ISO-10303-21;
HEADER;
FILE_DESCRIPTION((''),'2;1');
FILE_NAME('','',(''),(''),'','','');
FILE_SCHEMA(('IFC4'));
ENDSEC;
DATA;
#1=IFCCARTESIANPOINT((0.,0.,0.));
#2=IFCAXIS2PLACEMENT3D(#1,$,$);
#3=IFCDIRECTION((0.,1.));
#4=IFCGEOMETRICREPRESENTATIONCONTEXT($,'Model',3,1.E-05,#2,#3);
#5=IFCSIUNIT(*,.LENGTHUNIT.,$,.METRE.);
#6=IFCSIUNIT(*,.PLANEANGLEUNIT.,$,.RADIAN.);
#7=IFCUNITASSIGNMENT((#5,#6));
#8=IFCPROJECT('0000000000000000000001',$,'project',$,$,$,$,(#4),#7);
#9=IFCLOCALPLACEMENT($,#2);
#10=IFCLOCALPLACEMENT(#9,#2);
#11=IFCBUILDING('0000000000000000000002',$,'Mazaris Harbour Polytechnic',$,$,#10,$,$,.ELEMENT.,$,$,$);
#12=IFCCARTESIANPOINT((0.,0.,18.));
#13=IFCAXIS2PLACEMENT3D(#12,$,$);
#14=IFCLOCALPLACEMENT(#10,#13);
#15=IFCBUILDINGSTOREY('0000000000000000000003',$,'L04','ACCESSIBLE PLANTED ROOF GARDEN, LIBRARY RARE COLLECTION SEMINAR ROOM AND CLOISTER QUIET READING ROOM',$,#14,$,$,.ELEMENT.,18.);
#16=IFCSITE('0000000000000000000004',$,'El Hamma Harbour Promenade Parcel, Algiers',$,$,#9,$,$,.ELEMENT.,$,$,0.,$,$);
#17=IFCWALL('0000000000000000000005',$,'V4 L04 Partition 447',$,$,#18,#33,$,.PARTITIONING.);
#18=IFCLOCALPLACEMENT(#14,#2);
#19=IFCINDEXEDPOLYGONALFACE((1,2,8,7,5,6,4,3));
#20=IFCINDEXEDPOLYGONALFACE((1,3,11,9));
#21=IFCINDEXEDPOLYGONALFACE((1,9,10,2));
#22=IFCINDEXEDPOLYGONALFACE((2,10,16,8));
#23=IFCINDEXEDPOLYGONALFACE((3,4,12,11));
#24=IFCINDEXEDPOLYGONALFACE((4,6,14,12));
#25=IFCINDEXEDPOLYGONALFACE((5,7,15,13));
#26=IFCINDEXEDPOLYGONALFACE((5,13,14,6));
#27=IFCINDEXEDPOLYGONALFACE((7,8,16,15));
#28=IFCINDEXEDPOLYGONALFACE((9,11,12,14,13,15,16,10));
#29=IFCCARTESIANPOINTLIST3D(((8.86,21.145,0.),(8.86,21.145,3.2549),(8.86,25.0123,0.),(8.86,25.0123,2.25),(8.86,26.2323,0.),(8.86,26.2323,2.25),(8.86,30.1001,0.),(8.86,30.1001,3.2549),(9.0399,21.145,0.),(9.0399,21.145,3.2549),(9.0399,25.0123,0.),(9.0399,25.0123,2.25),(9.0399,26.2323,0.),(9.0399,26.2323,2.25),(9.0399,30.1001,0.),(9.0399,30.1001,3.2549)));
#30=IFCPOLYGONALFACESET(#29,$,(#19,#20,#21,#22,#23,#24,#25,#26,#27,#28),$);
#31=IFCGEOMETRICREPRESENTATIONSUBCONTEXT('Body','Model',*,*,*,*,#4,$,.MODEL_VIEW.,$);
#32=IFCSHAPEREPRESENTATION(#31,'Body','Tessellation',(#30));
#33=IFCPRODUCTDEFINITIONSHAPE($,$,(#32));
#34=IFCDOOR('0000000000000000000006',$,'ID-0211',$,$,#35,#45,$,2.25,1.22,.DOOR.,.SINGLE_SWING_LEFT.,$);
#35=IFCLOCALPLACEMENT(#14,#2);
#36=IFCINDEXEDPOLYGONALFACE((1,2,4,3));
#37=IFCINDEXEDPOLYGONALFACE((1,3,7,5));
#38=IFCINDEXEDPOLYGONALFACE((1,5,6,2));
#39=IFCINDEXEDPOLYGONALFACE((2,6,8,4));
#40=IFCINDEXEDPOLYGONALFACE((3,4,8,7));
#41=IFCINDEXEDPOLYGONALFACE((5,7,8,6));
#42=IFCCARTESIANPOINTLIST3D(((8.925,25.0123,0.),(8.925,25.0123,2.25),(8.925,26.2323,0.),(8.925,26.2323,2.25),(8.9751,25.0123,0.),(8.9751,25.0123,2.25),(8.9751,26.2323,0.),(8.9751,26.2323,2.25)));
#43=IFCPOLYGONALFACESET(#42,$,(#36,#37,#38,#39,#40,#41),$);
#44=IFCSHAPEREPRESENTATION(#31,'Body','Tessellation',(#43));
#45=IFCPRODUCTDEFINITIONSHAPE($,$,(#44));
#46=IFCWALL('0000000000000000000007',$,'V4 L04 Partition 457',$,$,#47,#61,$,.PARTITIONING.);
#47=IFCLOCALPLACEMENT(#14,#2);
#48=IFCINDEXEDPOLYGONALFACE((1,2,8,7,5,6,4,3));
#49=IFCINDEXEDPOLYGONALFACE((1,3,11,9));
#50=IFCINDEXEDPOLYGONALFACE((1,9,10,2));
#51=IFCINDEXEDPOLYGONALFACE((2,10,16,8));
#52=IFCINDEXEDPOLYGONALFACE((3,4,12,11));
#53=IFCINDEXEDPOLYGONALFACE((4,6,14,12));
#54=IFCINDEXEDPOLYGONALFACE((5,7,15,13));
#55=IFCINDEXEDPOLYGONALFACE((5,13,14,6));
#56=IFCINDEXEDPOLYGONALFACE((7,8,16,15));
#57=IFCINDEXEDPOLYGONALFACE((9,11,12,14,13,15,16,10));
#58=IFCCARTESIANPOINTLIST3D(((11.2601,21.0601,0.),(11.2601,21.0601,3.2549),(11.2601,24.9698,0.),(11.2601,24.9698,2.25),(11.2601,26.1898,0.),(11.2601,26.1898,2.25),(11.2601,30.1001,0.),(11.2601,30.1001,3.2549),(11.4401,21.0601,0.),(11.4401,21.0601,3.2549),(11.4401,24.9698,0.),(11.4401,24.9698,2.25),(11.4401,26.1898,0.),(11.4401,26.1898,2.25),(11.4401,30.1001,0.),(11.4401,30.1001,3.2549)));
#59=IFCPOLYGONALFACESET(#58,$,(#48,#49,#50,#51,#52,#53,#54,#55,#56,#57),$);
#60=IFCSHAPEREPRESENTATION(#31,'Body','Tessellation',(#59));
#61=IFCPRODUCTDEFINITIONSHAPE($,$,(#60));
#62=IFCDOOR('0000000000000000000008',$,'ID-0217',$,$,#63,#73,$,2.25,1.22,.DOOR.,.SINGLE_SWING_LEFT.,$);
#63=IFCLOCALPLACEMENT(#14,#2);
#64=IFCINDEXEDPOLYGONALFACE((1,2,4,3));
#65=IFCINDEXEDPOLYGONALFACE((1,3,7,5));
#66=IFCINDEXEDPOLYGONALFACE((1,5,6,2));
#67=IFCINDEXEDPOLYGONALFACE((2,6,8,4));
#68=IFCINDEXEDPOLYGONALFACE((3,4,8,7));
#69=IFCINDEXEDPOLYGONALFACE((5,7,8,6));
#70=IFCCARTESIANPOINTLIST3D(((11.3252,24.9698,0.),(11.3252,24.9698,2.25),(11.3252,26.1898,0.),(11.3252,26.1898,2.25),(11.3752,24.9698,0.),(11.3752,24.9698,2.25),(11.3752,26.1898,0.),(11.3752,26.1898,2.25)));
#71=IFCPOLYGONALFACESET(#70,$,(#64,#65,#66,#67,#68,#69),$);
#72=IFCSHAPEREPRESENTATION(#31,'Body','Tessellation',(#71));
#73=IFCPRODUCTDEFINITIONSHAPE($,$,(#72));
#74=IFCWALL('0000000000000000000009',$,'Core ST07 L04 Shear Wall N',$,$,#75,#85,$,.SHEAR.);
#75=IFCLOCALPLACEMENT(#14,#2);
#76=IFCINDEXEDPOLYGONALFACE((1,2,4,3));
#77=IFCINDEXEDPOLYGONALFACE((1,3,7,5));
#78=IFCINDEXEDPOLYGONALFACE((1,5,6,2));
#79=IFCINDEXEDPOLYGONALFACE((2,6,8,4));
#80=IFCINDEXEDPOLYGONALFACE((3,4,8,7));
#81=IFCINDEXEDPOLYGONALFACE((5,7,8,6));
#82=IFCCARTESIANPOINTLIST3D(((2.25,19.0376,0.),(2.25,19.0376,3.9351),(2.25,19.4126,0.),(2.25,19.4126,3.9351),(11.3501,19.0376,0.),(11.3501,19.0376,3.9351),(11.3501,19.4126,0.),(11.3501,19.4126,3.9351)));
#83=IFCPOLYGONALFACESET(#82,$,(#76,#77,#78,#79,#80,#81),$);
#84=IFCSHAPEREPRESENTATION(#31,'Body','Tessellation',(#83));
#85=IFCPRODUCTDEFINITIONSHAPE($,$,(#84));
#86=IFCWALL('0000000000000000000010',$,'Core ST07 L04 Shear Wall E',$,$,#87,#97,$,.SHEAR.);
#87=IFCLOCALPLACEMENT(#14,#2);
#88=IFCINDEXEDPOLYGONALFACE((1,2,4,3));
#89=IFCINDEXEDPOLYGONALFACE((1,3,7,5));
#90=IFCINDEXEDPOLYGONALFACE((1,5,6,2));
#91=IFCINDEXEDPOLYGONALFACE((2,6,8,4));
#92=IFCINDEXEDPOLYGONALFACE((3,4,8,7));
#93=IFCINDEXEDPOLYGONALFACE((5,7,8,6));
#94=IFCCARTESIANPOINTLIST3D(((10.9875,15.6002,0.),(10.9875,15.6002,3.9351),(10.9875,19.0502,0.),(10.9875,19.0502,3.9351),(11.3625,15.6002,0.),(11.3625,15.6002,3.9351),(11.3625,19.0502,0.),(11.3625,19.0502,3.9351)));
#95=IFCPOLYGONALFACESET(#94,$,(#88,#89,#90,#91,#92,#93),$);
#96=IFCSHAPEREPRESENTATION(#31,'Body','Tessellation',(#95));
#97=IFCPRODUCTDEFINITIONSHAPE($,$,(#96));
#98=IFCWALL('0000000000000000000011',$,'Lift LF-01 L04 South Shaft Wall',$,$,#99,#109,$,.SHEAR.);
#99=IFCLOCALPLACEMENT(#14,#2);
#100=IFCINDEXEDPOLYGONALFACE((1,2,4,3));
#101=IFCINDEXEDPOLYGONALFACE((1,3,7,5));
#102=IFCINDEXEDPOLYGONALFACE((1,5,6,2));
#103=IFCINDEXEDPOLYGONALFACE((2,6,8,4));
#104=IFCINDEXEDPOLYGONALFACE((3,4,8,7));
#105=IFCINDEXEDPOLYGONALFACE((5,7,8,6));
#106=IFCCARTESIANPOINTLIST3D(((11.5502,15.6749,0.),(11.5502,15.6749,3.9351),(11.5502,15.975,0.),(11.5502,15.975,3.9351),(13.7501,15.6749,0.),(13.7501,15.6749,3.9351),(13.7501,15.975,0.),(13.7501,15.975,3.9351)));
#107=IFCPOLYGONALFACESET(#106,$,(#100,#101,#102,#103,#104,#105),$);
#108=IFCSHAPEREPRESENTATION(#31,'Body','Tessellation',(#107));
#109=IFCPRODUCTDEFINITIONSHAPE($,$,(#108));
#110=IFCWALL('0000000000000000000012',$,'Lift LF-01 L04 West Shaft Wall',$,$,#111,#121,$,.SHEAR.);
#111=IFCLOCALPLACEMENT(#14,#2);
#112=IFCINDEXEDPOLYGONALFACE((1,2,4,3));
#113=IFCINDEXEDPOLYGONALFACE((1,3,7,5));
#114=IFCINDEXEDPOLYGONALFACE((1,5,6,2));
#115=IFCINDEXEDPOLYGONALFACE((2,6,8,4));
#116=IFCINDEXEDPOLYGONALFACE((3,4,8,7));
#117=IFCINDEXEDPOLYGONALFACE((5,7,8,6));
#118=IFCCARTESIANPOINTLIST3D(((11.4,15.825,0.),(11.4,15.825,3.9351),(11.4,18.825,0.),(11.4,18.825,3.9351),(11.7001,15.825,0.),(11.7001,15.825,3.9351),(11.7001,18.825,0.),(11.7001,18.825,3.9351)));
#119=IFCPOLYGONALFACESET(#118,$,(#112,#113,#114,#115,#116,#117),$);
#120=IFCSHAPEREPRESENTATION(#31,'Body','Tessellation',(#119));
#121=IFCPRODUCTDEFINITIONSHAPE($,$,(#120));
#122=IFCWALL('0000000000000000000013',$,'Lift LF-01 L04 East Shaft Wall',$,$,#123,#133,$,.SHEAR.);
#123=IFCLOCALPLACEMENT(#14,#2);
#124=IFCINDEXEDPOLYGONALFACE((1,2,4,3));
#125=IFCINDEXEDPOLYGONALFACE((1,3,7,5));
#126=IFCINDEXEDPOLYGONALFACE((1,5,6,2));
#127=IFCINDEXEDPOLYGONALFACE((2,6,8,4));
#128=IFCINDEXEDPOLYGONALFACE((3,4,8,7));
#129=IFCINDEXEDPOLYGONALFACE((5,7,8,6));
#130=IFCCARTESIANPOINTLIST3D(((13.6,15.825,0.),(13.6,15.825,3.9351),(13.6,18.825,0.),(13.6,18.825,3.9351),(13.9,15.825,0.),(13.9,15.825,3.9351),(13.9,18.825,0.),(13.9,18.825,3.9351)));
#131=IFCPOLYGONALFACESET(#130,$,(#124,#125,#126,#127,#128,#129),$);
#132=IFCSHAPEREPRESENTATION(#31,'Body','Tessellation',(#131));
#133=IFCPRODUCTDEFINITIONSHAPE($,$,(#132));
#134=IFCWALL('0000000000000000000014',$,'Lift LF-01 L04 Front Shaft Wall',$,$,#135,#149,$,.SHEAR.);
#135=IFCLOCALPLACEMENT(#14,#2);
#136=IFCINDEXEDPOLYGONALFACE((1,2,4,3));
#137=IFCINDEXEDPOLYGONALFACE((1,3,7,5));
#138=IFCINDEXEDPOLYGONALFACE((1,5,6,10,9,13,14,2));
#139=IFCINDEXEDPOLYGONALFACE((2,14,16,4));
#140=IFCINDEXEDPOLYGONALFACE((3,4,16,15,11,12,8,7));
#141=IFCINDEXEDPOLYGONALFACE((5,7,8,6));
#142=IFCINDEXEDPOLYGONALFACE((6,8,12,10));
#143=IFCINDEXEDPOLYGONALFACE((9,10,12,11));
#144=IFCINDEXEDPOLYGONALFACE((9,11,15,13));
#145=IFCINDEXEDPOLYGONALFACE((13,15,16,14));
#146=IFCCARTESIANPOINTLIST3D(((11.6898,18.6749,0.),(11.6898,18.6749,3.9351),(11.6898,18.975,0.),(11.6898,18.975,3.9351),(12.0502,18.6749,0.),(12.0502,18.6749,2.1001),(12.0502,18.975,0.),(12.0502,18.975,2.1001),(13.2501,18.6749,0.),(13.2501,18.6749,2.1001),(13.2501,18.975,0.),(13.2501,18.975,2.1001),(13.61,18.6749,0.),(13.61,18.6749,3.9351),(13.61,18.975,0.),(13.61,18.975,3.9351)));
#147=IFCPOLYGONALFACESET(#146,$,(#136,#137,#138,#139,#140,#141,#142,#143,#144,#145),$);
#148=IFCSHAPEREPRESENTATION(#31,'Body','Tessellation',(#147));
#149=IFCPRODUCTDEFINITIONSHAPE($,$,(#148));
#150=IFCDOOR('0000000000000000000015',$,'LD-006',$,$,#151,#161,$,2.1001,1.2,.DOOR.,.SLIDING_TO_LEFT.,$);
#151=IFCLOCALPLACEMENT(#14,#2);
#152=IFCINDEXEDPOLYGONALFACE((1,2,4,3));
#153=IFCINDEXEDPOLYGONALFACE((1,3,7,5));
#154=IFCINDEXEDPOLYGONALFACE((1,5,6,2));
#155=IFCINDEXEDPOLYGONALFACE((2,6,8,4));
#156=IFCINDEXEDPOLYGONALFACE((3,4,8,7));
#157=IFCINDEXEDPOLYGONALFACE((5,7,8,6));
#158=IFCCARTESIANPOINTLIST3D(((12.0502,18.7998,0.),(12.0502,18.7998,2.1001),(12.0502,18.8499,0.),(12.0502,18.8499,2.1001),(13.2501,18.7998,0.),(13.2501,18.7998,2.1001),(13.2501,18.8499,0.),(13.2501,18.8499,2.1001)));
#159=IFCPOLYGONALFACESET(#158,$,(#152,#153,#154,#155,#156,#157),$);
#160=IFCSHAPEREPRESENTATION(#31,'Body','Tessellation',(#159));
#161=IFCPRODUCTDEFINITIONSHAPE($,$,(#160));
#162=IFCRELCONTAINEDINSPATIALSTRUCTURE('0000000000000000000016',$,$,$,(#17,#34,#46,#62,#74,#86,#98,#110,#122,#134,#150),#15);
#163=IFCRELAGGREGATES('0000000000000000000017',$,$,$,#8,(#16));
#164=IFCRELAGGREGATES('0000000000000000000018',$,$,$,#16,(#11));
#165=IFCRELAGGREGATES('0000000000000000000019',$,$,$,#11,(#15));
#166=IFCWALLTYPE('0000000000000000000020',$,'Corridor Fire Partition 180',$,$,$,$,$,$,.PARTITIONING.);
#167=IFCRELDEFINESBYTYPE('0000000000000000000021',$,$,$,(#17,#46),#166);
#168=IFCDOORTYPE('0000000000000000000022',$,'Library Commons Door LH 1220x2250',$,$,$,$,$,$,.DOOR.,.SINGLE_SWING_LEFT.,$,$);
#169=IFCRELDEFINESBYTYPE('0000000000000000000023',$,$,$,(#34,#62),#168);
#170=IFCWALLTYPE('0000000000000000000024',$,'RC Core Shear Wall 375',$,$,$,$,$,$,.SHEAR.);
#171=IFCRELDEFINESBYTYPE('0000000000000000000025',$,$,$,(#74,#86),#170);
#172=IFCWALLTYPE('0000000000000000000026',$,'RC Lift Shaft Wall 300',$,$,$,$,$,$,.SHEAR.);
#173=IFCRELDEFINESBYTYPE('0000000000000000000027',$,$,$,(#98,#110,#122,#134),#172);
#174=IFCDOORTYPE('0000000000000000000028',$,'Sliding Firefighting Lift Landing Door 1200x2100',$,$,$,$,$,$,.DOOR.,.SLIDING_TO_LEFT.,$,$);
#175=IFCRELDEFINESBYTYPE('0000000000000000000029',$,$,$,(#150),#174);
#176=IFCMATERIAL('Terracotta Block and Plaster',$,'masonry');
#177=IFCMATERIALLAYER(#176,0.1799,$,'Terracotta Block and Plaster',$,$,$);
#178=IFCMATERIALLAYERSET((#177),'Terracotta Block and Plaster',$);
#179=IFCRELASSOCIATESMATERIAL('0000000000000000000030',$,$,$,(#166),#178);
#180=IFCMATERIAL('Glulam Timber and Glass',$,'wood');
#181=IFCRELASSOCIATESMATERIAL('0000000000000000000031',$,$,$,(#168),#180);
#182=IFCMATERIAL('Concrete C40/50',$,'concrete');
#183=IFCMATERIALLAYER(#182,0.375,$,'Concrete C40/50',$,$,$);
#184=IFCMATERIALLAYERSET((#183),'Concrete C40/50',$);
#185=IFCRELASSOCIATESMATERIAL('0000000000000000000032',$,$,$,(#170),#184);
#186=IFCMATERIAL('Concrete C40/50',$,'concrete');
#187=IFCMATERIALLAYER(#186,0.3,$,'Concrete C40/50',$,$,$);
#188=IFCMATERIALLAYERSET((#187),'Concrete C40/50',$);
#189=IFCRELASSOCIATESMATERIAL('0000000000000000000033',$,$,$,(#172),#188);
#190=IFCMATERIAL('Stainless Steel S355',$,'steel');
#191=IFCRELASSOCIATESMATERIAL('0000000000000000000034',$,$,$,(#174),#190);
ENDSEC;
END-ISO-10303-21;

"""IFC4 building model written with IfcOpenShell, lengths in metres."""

from ifc_helpers import new_model, si_unit, direction, frame, frame_2d, origin, place, context, subcontext, project, spatial, rectangle, extrude, material, layer, layer_set, type_object, element, fill, save


model = new_model("IFC4")

# Units and contexts
model_context = context("Model", 3, precision=1e-05, world=origin(), true_north=direction((0.0, 1.0)))
body_context = subcontext(model_context, "Body", "Model", "MODEL_VIEW")
ifc_project = project(units=[si_unit("LENGTHUNIT", "METRE"), si_unit("PLANEANGLEUNIT", "RADIAN")], contexts=[model_context])

# Site, building, storey
site_placement = place(None, origin())
site = spatial("IfcSite", under=ifc_project, at=site_placement, Name="El Hamma Harbour Promenade Parcel, Algiers", CompositionType="ELEMENT", RefElevation=0.0)
building_placement = place(site_placement, origin())
building = spatial("IfcBuilding", under=site, at=building_placement, Name="Mazaris Harbour Polytechnic", CompositionType="ELEMENT")
storey_placement = place(building_placement, frame((0.0, 0.0, 18.0)))
storey = spatial("IfcBuildingStorey", under=building, at=storey_placement, Name="L04", Description="ACCESSIBLE PLANTED ROOF GARDEN, LIBRARY RARE COLLECTION SEMINAR ROOM AND CLOISTER QUIET READING ROOM", CompositionType="ELEMENT", Elevation=18.0)

# Walls, openings, doors
ifc_material_1 = material(Name="Terracotta Block and Plaster", Category="masonry")
ifc_layer_1 = layer(ifc_material_1, 0.1799, Name="Terracotta Block and Plaster")
ifc_layer_set_1 = layer_set([ifc_layer_1], Name="Terracotta Block and Plaster")
wall_type_1 = type_object("IfcWallType", Name="Corridor Fire Partition 180", PredefinedType="PARTITIONING", material=ifc_layer_set_1)
wall_1_placement = place(storey_placement, frame((8.95, 21.145, 0.0), z_axis=(0.0, 0.0, 1.0), x_axis=(0.0, 1.0, 0.0)))
wall_1 = element("IfcWall", 1, at=wall_1_placement, inside=storey, type_object=wall_type_1, Name="V4 L04 Partition 447", PredefinedType="PARTITIONING", context=body_context, shape_type="SweptSolid", body=[
    extrude(rectangle(XDim=8.9551, YDim=0.1799, at=frame_2d((4.4775, 0.0))), origin(), (0.0, 0.0, 1.0), 3.2549),
])
opening_1_placement = place(wall_1_placement, frame((3.8674, 0.0, 0.0)))
opening_1 = element("IfcOpeningElement", 2, at=opening_1_placement, cuts=wall_1, PredefinedType="OPENING", context=body_context, shape_type="SweptSolid", body=[
    extrude(rectangle(XDim=1.22, YDim=2.25, at=frame_2d((0.6099, 1.125))), frame((0.0, 0.0999, 0.0), z_axis=(0.0, -1.0, 0.0), x_axis=(1.0, 0.0, 0.0)), (0.0, 0.0, 1.0), 0.2),
])
ifc_material_2 = material(Name="Glulam Timber and Glass", Category="wood")
door_type_1 = type_object("IfcDoorType", Name="Library Commons Door LH 1220x2250", OperationType="SINGLE_SWING_LEFT", PredefinedType="DOOR", material=ifc_material_2)
door_1_placement = place(opening_1_placement, origin())
door_1 = element("IfcDoor", 3, at=door_1_placement, inside=storey, type_object=door_type_1, Name="ID-0211", OperationType="SINGLE_SWING_LEFT", OverallHeight=2.25, OverallWidth=1.22, PredefinedType="DOOR", context=body_context, shape_type="SweptSolid", body=[
    extrude(rectangle(XDim=1.22, YDim=2.25, at=frame_2d((0.6099, 1.125))), frame((0.0, 0.0249, 0.0), z_axis=(0.0, -1.0, 0.0), x_axis=(1.0, 0.0, 0.0)), (0.0, 0.0, 1.0), 0.05),
])
fill(opening_1, door_1)
wall_2_placement = place(storey_placement, frame((11.3501, 21.0601, 0.0), z_axis=(0.0, 0.0, 1.0), x_axis=(0.0, 1.0, 0.0)))
wall_2 = element("IfcWall", 4, at=wall_2_placement, inside=storey, type_object=wall_type_1, Name="V4 L04 Partition 457", PredefinedType="PARTITIONING", context=body_context, shape_type="SweptSolid", body=[
    extrude(rectangle(XDim=9.04, YDim=0.1799, at=frame_2d((4.52, 0.0))), origin(), (0.0, 0.0, 1.0), 3.2549),
])
opening_2_placement = place(wall_2_placement, frame((3.9099, 0.0, 0.0)))
opening_2 = element("IfcOpeningElement", 5, at=opening_2_placement, cuts=wall_2, PredefinedType="OPENING", context=body_context, shape_type="SweptSolid", body=[
    extrude(rectangle(XDim=1.22, YDim=2.25, at=frame_2d((0.6099, 1.125))), frame((0.0, 0.0999, 0.0), z_axis=(0.0, -1.0, 0.0), x_axis=(1.0, 0.0, 0.0)), (0.0, 0.0, 1.0), 0.2),
])
door_2_placement = place(opening_2_placement, origin())
door_2 = element("IfcDoor", 6, at=door_2_placement, inside=storey, type_object=door_type_1, Name="ID-0217", OperationType="SINGLE_SWING_LEFT", OverallHeight=2.25, OverallWidth=1.22, PredefinedType="DOOR", context=body_context, shape_type="SweptSolid", body=[
    extrude(rectangle(XDim=1.22, YDim=2.25, at=frame_2d((0.6099, 1.125))), frame((0.0, 0.0249, 0.0), z_axis=(0.0, -1.0, 0.0), x_axis=(1.0, 0.0, 0.0)), (0.0, 0.0, 1.0), 0.05),
])
fill(opening_2, door_2)

# Walls
ifc_material_3 = material(Name="Concrete C40/50", Category="concrete")
ifc_layer_2 = layer(ifc_material_3, 0.375, Name="Concrete C40/50")
ifc_layer_set_2 = layer_set([ifc_layer_2], Name="Concrete C40/50")
wall_type_2 = type_object("IfcWallType", Name="RC Core Shear Wall 375", PredefinedType="SHEAR", material=ifc_layer_set_2)
wall_3_placement = place(storey_placement, frame((11.3501, 19.2251, 0.0), z_axis=(0.0, 0.0, 1.0), x_axis=(-1.0, 0.0, 0.0)))
element("IfcWall", 7, at=wall_3_placement, inside=storey, type_object=wall_type_2, Name="Core ST07 L04 Shear Wall N", PredefinedType="SHEAR", context=body_context, shape_type="SweptSolid", body=[
    extrude(rectangle(XDim=9.1001, YDim=0.375, at=frame_2d((4.55, 0.0))), origin(), (0.0, 0.0, 1.0), 3.9351),
])
wall_4_placement = place(storey_placement, frame((11.175, 15.6001, 0.0), z_axis=(0.0, 0.0, 1.0), x_axis=(0.0, 1.0, 0.0)))
element("IfcWall", 8, at=wall_4_placement, inside=storey, type_object=wall_type_2, Name="Core ST07 L04 Shear Wall E", PredefinedType="SHEAR", context=body_context, shape_type="SweptSolid", body=[
    extrude(rectangle(XDim=3.45, YDim=0.375, at=frame_2d((1.7251, 0.0))), origin(), (0.0, 0.0, 1.0), 3.9351),
])
ifc_material_4 = material(Name="Concrete C40/50", Category="concrete")
ifc_layer_3 = layer(ifc_material_4, 0.3, Name="Concrete C40/50")
ifc_layer_set_3 = layer_set([ifc_layer_3], Name="Concrete C40/50")
wall_type_3 = type_object("IfcWallType", Name="RC Lift Shaft Wall 300", PredefinedType="SHEAR", material=ifc_layer_set_3)
wall_5_placement = place(storey_placement, frame((11.55, 15.825, 0.0), z_axis=(0.0, 0.0, 1.0), x_axis=(1.0, 0.0, 0.0)))
element("IfcWall", 9, at=wall_5_placement, inside=storey, type_object=wall_type_3, Name="Lift LF-01 L04 South Shaft Wall", PredefinedType="SHEAR", context=body_context, shape_type="SweptSolid", body=[
    extrude(rectangle(XDim=2.2, YDim=0.3, at=frame_2d((1.1001, 0.0))), origin(), (0.0, 0.0, 1.0), 3.9351),
])
for number, where, z_axis, x_axis, name in (
    (10, (11.55, 18.825, 0.0), (0.0, 0.0, 1.0), (0.0, -1.0, 0.0), "Lift LF-01 L04 West Shaft Wall"),
    (11, (13.75, 15.825, 0.0), (0.0, 0.0, 1.0), (0.0, 1.0, 0.0), "Lift LF-01 L04 East Shaft Wall"),
):
    element("IfcWall", number, at=place(storey_placement, frame(where, z_axis=z_axis, x_axis=x_axis)), inside=storey, type_object=wall_type_3, Name=name, PredefinedType="SHEAR", context=body_context, shape_type="SweptSolid", body=[
        extrude(rectangle(XDim=3.0, YDim=0.3, at=frame_2d((1.5, 0.0))), origin(), (0.0, 0.0, 1.0), 3.9351),
    ])

# Wall, opening, door
wall_6_placement = place(storey_placement, frame((11.6899, 18.825, 0.0), z_axis=(0.0, 0.0, 1.0), x_axis=(1.0, 0.0, 0.0)))
wall_6 = element("IfcWall", 12, at=wall_6_placement, inside=storey, type_object=wall_type_3, Name="Lift LF-01 L04 Front Shaft Wall", PredefinedType="SHEAR", context=body_context, shape_type="SweptSolid", body=[
    extrude(rectangle(XDim=1.9202, YDim=0.3, at=frame_2d((0.96, 0.0))), origin(), (0.0, 0.0, 1.0), 3.9351),
])
opening_3_placement = place(wall_6_placement, frame((0.3601, 0.0, 0.0)))
opening_3 = element("IfcOpeningElement", 13, at=opening_3_placement, cuts=wall_6, PredefinedType="OPENING", context=body_context, shape_type="SweptSolid", body=[
    extrude(rectangle(XDim=1.2, YDim=2.1001, at=frame_2d((0.6001, 1.05))), frame((0.0, 0.1599, 0.0), z_axis=(0.0, -1.0, 0.0), x_axis=(1.0, 0.0, 0.0)), (0.0, 0.0, 1.0), 0.3201),
])
ifc_material_5 = material(Name="Stainless Steel S355", Category="steel")
door_type_2 = type_object("IfcDoorType", Name="Sliding Firefighting Lift Landing Door 1200x2100", OperationType="SLIDING_TO_LEFT", PredefinedType="DOOR", material=ifc_material_5)
door_3_placement = place(opening_3_placement, origin())
door_3 = element("IfcDoor", 14, at=door_3_placement, inside=storey, type_object=door_type_2, Name="LD-006", OperationType="SLIDING_TO_LEFT", OverallHeight=2.1001, OverallWidth=1.2, PredefinedType="DOOR", context=body_context, shape_type="SweptSolid", body=[
    extrude(rectangle(XDim=1.2, YDim=2.1001, at=frame_2d((0.6001, 1.05))), frame((0.0, 0.0249, 0.0), z_axis=(0.0, -1.0, 0.0), x_axis=(1.0, 0.0, 0.0)), (0.0, 0.0, 1.0), 0.05),
])
fill(opening_3, door_3)

save(model, "model.ifc")
